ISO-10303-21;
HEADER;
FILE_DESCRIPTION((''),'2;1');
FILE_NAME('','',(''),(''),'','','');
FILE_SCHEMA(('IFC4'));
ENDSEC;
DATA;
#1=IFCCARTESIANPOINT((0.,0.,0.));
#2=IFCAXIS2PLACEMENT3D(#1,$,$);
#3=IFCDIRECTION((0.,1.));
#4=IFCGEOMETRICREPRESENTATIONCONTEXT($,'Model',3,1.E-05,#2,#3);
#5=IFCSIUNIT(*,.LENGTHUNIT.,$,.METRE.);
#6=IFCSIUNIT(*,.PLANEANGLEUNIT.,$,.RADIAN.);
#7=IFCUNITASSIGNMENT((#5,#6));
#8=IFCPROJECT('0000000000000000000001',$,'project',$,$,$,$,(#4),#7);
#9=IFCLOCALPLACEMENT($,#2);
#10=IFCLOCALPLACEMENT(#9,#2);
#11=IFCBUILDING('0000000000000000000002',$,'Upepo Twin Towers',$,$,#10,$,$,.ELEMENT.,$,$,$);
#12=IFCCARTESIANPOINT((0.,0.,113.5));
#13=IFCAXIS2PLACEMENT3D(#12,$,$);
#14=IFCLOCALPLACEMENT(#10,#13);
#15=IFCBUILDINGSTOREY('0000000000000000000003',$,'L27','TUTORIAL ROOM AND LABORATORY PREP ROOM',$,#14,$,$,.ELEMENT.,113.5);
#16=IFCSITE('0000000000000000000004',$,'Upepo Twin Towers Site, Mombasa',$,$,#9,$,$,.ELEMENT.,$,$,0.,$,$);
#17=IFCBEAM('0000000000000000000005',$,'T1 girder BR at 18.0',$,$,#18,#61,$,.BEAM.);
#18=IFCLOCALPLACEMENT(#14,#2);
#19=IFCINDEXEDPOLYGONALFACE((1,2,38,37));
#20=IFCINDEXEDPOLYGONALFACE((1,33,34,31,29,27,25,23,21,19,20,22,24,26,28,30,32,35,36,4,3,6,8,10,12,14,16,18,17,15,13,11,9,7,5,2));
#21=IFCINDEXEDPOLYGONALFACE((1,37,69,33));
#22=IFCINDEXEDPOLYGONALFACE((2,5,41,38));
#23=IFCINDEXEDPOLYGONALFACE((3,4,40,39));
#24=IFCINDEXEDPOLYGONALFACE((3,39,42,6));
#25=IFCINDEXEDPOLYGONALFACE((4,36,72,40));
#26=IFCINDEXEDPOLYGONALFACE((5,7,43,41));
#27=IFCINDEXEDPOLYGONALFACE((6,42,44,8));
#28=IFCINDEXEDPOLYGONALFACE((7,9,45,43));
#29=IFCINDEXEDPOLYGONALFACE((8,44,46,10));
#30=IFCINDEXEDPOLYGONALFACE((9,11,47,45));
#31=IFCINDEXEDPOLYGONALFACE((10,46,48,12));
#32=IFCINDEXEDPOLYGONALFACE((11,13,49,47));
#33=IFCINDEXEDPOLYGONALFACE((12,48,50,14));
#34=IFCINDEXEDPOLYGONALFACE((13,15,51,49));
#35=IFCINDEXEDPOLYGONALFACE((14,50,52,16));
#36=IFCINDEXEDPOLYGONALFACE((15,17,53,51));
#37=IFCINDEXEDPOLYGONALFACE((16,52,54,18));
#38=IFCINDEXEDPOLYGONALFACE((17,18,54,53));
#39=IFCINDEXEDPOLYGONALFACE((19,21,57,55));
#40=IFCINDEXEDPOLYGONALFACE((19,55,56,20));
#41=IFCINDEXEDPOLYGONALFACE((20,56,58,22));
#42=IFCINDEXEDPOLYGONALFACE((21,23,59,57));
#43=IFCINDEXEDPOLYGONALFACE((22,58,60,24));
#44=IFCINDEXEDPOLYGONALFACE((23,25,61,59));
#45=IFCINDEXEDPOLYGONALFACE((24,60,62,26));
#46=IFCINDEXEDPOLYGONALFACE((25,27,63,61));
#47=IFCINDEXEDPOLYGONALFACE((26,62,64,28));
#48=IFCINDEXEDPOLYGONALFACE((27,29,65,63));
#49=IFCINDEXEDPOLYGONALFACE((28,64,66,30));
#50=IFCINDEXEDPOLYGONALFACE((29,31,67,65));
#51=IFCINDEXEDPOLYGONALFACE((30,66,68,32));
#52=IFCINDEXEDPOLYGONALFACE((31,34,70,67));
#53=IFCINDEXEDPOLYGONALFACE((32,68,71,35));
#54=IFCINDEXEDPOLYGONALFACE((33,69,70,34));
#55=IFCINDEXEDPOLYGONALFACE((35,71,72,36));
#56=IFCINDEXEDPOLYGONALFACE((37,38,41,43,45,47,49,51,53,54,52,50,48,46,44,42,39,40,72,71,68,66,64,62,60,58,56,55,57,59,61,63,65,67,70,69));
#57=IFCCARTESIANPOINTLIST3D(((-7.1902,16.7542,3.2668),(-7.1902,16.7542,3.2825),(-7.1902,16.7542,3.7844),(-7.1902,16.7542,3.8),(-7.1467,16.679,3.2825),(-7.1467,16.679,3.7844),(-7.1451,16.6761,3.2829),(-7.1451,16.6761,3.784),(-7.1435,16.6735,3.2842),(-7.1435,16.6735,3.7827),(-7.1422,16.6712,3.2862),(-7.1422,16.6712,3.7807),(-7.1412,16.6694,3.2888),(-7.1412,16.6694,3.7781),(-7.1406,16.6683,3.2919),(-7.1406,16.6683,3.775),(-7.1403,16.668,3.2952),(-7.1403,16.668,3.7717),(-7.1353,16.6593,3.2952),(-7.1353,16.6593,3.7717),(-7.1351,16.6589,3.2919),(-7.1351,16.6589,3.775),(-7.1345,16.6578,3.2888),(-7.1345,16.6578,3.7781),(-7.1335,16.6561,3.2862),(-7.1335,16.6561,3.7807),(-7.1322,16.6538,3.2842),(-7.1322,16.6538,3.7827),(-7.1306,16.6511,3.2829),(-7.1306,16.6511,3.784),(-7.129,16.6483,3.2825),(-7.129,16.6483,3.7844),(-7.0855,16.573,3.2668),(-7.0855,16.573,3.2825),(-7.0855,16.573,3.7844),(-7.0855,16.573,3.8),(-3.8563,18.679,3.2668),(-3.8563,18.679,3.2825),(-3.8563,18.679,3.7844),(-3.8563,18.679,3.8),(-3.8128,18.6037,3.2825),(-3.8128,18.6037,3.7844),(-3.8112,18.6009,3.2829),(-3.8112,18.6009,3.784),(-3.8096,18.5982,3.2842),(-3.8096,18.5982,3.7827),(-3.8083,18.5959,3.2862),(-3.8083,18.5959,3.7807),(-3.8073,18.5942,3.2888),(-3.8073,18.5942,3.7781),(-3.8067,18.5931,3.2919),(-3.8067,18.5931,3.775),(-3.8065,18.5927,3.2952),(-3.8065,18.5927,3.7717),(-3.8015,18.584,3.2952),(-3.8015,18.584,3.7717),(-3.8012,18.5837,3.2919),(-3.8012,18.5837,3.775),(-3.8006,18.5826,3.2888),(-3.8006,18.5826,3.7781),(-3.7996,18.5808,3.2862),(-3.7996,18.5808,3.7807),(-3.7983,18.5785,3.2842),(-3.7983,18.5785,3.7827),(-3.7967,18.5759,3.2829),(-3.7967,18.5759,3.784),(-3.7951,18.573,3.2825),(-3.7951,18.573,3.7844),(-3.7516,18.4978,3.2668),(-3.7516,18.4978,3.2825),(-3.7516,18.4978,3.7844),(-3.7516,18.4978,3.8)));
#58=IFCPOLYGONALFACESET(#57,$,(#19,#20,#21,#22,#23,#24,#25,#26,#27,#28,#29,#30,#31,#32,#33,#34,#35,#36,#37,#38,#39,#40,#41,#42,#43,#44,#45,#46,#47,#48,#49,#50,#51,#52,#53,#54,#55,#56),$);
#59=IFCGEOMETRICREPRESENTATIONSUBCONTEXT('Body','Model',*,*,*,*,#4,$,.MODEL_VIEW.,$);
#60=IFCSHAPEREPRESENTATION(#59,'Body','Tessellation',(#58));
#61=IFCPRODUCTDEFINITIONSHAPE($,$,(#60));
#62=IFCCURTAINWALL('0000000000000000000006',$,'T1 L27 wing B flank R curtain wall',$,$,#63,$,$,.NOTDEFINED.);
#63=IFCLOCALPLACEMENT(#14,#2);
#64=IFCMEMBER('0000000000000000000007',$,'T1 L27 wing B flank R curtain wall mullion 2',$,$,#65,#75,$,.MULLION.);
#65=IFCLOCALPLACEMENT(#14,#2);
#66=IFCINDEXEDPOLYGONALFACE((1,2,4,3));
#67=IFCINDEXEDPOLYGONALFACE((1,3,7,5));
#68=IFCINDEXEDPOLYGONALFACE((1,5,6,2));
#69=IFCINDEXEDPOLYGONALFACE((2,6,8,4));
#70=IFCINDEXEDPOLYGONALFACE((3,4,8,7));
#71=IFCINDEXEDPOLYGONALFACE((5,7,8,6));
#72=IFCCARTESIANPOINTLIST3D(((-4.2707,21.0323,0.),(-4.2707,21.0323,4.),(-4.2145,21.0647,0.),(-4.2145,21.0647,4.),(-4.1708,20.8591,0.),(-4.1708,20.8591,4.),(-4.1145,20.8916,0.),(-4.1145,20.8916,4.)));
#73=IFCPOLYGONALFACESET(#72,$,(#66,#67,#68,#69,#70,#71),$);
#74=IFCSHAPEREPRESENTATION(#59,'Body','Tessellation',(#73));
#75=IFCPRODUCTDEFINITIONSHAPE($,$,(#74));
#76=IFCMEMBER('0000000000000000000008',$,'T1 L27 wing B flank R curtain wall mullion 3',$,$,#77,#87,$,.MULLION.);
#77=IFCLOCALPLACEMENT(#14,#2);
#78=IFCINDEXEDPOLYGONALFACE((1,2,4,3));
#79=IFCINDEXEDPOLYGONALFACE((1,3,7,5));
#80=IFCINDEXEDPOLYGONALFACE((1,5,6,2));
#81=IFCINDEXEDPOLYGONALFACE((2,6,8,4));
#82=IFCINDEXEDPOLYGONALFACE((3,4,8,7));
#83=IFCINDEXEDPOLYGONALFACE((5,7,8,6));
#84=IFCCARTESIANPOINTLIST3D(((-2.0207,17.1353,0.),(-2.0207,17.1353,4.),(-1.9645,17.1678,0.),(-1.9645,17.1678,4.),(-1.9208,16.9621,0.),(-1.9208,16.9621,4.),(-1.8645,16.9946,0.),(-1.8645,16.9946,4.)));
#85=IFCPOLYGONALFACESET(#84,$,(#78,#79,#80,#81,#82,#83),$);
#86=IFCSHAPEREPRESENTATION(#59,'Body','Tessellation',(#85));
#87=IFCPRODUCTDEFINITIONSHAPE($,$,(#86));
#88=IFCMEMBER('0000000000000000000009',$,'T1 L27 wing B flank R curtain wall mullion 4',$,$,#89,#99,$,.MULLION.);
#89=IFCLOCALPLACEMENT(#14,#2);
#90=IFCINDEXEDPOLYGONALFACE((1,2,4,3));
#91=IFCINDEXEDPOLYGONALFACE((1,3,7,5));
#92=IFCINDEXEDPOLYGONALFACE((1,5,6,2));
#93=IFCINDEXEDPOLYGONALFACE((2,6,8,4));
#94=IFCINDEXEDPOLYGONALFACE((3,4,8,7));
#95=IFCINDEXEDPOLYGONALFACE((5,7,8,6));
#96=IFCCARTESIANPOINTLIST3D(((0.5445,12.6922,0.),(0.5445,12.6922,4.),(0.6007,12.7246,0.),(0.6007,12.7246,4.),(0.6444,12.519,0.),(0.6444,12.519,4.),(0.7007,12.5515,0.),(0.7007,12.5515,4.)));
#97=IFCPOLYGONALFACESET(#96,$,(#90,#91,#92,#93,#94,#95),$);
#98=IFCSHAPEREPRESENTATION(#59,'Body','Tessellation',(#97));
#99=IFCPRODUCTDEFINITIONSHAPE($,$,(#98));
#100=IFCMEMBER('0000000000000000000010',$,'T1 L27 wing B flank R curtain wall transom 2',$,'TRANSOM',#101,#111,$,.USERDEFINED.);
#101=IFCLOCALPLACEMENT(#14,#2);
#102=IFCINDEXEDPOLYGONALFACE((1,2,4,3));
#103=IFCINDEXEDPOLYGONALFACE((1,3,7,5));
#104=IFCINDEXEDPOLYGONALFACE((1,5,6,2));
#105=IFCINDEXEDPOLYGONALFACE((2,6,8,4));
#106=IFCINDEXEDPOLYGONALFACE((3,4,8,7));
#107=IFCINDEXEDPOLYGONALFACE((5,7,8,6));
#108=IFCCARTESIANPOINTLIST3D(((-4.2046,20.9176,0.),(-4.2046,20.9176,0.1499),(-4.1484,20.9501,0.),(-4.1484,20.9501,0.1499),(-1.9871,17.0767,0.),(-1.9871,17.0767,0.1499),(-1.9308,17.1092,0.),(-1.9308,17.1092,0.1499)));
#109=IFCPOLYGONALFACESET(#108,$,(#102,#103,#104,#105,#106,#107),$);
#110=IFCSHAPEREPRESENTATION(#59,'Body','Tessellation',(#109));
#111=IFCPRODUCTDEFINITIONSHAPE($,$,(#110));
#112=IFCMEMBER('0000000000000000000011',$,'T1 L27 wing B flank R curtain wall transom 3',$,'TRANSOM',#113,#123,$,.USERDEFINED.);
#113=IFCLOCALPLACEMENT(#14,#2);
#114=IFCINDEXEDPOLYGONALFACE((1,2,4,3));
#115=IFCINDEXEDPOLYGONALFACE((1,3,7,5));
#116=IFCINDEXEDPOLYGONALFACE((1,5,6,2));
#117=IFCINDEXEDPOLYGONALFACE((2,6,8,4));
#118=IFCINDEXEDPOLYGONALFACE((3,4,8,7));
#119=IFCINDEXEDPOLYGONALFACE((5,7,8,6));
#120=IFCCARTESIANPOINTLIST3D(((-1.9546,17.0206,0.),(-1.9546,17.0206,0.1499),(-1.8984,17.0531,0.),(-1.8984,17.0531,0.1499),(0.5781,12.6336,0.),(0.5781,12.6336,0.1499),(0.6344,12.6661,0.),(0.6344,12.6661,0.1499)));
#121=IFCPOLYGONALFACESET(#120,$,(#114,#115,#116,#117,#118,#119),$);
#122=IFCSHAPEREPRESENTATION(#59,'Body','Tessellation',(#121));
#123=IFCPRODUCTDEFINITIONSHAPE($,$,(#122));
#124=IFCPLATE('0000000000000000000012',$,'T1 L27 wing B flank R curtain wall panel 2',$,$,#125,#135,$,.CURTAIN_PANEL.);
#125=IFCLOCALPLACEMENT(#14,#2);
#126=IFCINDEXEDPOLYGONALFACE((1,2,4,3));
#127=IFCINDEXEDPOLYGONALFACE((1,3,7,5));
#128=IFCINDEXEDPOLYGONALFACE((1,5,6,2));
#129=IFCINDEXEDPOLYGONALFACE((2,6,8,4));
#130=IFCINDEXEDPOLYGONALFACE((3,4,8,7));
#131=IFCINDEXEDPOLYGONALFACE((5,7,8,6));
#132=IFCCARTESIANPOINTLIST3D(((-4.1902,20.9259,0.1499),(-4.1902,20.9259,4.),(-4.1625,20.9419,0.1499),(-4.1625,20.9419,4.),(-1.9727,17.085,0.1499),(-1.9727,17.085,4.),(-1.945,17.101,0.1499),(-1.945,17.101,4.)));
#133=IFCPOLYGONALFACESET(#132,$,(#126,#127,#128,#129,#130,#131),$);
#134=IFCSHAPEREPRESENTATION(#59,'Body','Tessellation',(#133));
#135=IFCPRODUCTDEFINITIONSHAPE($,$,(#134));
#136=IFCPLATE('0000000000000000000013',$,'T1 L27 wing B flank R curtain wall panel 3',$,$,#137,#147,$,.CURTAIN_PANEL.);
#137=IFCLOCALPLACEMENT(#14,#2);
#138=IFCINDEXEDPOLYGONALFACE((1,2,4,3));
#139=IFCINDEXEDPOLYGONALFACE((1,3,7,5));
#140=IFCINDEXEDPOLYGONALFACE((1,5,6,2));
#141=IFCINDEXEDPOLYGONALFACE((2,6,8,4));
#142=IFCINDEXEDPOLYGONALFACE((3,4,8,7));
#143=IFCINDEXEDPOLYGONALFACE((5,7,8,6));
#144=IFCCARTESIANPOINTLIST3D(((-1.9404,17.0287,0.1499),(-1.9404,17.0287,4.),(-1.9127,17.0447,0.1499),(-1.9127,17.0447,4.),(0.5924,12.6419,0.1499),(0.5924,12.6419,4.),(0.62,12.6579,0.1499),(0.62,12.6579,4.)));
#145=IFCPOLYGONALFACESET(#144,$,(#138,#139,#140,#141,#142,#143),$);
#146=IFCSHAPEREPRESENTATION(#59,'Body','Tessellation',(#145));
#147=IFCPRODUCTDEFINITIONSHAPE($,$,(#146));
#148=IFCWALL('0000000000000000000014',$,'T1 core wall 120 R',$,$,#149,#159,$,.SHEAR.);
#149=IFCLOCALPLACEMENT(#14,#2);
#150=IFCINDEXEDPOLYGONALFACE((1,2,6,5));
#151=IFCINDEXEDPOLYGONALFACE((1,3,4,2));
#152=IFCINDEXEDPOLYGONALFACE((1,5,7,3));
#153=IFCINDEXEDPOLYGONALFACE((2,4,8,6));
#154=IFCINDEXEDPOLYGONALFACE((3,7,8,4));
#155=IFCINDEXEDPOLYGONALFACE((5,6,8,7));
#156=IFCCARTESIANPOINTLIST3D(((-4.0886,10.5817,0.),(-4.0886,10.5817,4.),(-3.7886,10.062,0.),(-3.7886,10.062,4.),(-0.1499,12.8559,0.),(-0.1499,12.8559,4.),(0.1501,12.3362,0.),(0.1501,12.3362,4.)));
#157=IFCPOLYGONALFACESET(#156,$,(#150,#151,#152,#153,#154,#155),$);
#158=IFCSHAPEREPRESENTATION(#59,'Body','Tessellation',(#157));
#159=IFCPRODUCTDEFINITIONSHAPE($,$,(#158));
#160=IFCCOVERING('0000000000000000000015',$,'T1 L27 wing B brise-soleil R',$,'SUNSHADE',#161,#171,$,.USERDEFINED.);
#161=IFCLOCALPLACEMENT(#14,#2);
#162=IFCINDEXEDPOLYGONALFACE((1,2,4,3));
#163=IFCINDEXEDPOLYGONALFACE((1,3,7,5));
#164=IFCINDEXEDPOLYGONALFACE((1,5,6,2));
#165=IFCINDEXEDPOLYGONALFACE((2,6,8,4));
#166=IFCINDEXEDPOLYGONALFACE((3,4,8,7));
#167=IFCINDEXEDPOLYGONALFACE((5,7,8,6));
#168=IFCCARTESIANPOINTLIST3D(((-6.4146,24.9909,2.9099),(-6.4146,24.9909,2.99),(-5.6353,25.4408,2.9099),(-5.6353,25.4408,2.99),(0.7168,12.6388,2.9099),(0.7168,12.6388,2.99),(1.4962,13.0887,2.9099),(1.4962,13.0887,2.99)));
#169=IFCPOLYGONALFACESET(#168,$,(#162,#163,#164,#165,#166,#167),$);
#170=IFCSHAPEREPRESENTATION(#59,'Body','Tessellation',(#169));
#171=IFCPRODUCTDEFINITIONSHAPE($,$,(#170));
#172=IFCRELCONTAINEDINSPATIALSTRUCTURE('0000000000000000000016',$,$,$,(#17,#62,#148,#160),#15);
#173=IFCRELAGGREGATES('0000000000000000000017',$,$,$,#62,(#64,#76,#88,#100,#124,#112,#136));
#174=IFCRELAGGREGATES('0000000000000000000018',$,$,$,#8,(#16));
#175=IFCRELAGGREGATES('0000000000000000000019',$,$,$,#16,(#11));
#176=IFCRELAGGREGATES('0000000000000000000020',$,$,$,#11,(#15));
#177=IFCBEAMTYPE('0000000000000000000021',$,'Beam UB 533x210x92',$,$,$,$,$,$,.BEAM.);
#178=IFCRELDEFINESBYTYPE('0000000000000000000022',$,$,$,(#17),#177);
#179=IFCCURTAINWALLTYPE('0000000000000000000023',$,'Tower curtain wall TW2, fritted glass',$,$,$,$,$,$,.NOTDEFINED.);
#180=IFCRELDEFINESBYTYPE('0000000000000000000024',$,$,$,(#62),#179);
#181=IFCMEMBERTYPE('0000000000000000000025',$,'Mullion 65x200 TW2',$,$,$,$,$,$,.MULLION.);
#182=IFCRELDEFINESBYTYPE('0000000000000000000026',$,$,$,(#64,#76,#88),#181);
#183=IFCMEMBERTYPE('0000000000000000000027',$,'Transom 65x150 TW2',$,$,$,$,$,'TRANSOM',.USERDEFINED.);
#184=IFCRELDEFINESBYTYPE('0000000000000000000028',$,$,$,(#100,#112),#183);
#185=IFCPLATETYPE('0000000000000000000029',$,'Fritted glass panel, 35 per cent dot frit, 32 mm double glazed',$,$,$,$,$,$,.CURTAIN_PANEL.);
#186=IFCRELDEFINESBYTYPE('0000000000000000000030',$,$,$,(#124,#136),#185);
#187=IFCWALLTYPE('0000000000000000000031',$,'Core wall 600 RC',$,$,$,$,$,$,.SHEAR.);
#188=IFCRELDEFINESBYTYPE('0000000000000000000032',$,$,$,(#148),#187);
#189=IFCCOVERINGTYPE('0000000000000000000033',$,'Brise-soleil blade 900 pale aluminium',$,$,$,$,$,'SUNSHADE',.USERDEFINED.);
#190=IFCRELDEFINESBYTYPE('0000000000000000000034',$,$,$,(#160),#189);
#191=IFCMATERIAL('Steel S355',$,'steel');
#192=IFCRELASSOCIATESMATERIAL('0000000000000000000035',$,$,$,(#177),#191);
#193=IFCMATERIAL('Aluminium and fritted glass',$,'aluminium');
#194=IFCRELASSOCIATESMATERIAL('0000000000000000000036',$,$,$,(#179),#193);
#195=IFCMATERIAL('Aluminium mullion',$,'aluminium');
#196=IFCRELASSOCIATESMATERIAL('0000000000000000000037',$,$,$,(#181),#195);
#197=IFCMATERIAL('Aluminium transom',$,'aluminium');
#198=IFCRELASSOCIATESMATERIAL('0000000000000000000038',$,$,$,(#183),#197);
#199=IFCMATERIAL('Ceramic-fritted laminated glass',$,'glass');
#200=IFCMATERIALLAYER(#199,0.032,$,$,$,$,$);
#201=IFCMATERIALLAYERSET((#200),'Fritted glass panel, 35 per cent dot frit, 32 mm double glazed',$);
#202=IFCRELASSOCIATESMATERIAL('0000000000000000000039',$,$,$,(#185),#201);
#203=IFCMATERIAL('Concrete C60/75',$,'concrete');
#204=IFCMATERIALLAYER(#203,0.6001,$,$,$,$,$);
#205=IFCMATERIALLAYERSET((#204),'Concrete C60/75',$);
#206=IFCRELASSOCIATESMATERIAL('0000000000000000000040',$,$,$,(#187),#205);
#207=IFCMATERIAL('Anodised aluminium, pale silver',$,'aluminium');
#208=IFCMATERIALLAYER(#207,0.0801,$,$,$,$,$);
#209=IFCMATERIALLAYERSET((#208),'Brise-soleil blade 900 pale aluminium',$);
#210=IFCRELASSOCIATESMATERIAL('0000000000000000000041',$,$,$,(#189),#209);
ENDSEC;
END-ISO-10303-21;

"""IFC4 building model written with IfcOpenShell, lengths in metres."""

from ifc_helpers import new_model, si_unit, direction, frame, frame_2d, origin, origin_2d, place, context, subcontext, project, spatial, rectangle, i_section, extrude, material, layer, layer_set, material_profile, profile_set, type_object, element, aggregate, save


model = new_model("IFC4")

# Units and contexts
model_context = context("Model", 3, precision=1e-05, world=origin(), true_north=direction((0.0, 1.0)))
body_context = subcontext(model_context, "Body", "Model", "MODEL_VIEW")
ifc_project = project(units=[si_unit("LENGTHUNIT", "METRE"), si_unit("PLANEANGLEUNIT", "RADIAN")], contexts=[model_context])

# Site, building, storey
site_placement = place(None, origin())
site = spatial("IfcSite", under=ifc_project, at=site_placement, Name="Upepo Twin Towers Site, Mombasa", CompositionType="ELEMENT", RefElevation=0.0)
building_placement = place(site_placement, origin())
building = spatial("IfcBuilding", under=site, at=building_placement, Name="Upepo Twin Towers", CompositionType="ELEMENT")
storey_placement = place(building_placement, frame((0.0, 0.0, 113.5)))
storey = spatial("IfcBuildingStorey", under=building, at=storey_placement, Name="L27", Description="TUTORIAL ROOM AND LABORATORY PREP ROOM", CompositionType="ELEMENT", Elevation=113.5)

# Beam
ifc_material_1 = material(Name="Steel S355", Category="steel")
ifc_material_profile_1 = material_profile(ifc_material_1, i_section(OverallWidth=0.2092, OverallDepth=0.5332, WebThickness=0.01, FlangeThickness=0.0156, FilletRadius=0.0127, at=origin_2d()), Name="UB 533x210x92")
ifc_profile_set_1 = profile_set([ifc_material_profile_1], Name="Steel S355")
beam_type_1 = type_object("IfcBeamType", Name="Beam UB 533x210x92", PredefinedType="BEAM", material=ifc_profile_set_1)
beam_1_placement = place(storey_placement, frame((-3.804, 18.5884, 3.5334), z_axis=(-0.866034, -0.499986, 0.0), x_axis=(0.499986, -0.866034, 0.0)))
element("IfcBeam", 1, at=beam_1_placement, inside=storey, type_object=beam_type_1, Name="T1 girder BR at 18.0", PredefinedType="BEAM", context=body_context, shape_type="SweptSolid", body=[
    extrude(i_section(OverallWidth=0.2092, OverallDepth=0.5332, WebThickness=0.01, FlangeThickness=0.0156, FilletRadius=0.0127, at=origin_2d()), origin(), (0.0, 0.0, 1.0), 3.8496),
])

# Curtain wall, members, plates
ifc_material_2 = material(Name="Aluminium and fritted glass", Category="aluminium")
curtain_wall_type = type_object("IfcCurtainWallType", Name="Tower curtain wall TW2, fritted glass", PredefinedType="NOTDEFINED", material=ifc_material_2)
curtain_wall_placement = place(storey_placement, origin())
curtain_wall = element("IfcCurtainWall", 2, at=curtain_wall_placement, inside=storey, type_object=curtain_wall_type, Name="T1 L27 wing B flank R curtain wall", PredefinedType="NOTDEFINED")
ifc_material_3 = material(Name="Aluminium mullion", Category="aluminium")
ifc_material_profile_2 = material_profile(ifc_material_3, rectangle(XDim=0.0649, YDim=0.2, at=origin_2d()), Name="MULLION 65x200")
ifc_profile_set_2 = profile_set([ifc_material_profile_2], Name="Aluminium mullion")
member_type_1 = type_object("IfcMemberType", Name="Mullion 65x200 TW2", PredefinedType="MULLION", material=ifc_profile_set_2)
member_1_placement = place(storey_placement, frame((-4.1926, 20.9619, 0.0), z_axis=(0.0, 0.0, 1.0), x_axis=(0.866025, 0.5, 0.0)))
member_1 = element("IfcMember", 3, at=member_1_placement, type_object=member_type_1, Name="T1 L27 wing B flank R curtain wall mullion 2", PredefinedType="MULLION", context=body_context, shape_type="SweptSolid", body=[
    extrude(rectangle(XDim=0.0649, YDim=0.2, at=origin_2d()), origin(), (0.0, 0.0, 1.0), 4.0),
])
member_2_placement = place(storey_placement, frame((-1.9426, 17.0649, 0.0), z_axis=(0.0, 0.0, 1.0), x_axis=(0.866025, 0.5, 0.0)))
member_2 = element("IfcMember", 4, at=member_2_placement, type_object=member_type_1, Name="T1 L27 wing B flank R curtain wall mullion 3", PredefinedType="MULLION", context=body_context, shape_type="SweptSolid", body=[
    extrude(rectangle(XDim=0.0649, YDim=0.2, at=origin_2d()), origin(), (0.0, 0.0, 1.0), 4.0),
])
member_3_placement = place(storey_placement, frame((0.6226, 12.6218, 0.0), z_axis=(0.0, 0.0, 1.0), x_axis=(0.866025, 0.5, 0.0)))
member_3 = element("IfcMember", 5, at=member_3_placement, type_object=member_type_1, Name="T1 L27 wing B flank R curtain wall mullion 4", PredefinedType="MULLION", context=body_context, shape_type="SweptSolid", body=[
    extrude(rectangle(XDim=0.0649, YDim=0.2, at=origin_2d()), origin(), (0.0, 0.0, 1.0), 4.0),
])
ifc_material_4 = material(Name="Aluminium transom", Category="aluminium")
ifc_material_profile_3 = material_profile(ifc_material_4, rectangle(XDim=0.0649, YDim=0.1499, at=origin_2d()), Name="TRANSOM 65x150")
ifc_profile_set_3 = profile_set([ifc_material_profile_3], Name="Aluminium transom")
member_type_2 = type_object("IfcMemberType", Name="Transom 65x150 TW2", ElementType="TRANSOM", PredefinedType="USERDEFINED", material=ifc_profile_set_3)
member_4_placement = place(storey_placement, frame((-4.1765, 20.9338, 0.075), z_axis=(0.500005, -0.866022, 0.0), x_axis=(0.866022, 0.500005, 0.0)))
member_4 = element("IfcMember", 6, at=member_4_placement, type_object=member_type_2, Name="T1 L27 wing B flank R curtain wall transom 2", ObjectType="TRANSOM", PredefinedType="USERDEFINED", context=body_context, shape_type="SweptSolid", body=[
    extrude(rectangle(XDim=0.0649, YDim=0.1499, at=origin_2d()), origin(), (0.0, 0.0, 1.0), 4.4351),
])
member_5_placement = place(storey_placement, frame((-1.9265, 17.0369, 0.075), z_axis=(0.499985, -0.866034, 0.0), x_axis=(0.866034, 0.499985, 0.0)))
member_5 = element("IfcMember", 7, at=member_5_placement, type_object=member_type_2, Name="T1 L27 wing B flank R curtain wall transom 3", ObjectType="TRANSOM", PredefinedType="USERDEFINED", context=body_context, shape_type="SweptSolid", body=[
    extrude(rectangle(XDim=0.0649, YDim=0.1499, at=origin_2d()), origin(), (0.0, 0.0, 1.0), 5.0657),
])
ifc_material_5 = material(Name="Ceramic-fritted laminated glass", Category="glass")
ifc_layer_1 = layer(ifc_material_5, 0.032)
ifc_layer_set_1 = layer_set([ifc_layer_1], Name="Fritted glass panel, 35 per cent dot frit, 32 mm double glazed")
plate_type = type_object("IfcPlateType", Name="Fritted glass panel, 35 per cent dot frit, 32 mm double glazed", PredefinedType="CURTAIN_PANEL", material=ifc_layer_set_1)
plate_1_placement = place(storey_placement, frame((-3.0676, 19.0134, 0.1499), z_axis=(0.0, 0.0, 1.0), x_axis=(0.5, -0.866025, 0.0)))
plate_1 = element("IfcPlate", 8, at=plate_1_placement, type_object=plate_type, Name="T1 L27 wing B flank R curtain wall panel 2", PredefinedType="CURTAIN_PANEL", context=body_context, shape_type="SweptSolid", body=[
    extrude(rectangle(XDim=4.4351, YDim=0.032, at=origin_2d()), origin(), (0.0, 0.0, 1.0), 3.8501),
])
plate_2_placement = place(storey_placement, frame((-0.6602, 14.8433, 0.1499), z_axis=(0.0, 0.0, 1.0), x_axis=(0.5, -0.866025, 0.0)))
plate_2 = element("IfcPlate", 9, at=plate_2_placement, type_object=plate_type, Name="T1 L27 wing B flank R curtain wall panel 3", PredefinedType="CURTAIN_PANEL", context=body_context, shape_type="SweptSolid", body=[
    extrude(rectangle(XDim=5.0654, YDim=0.032, at=origin_2d()), origin(), (0.0, 0.0, 1.0), 3.8501),
])
aggregate(curtain_wall, [member_1, member_2, member_3, member_4, plate_1, member_5, plate_2])

# Wall
ifc_material_6 = material(Name="Concrete C60/75", Category="concrete")
ifc_layer_2 = layer(ifc_material_6, 0.6001)
ifc_layer_set_2 = layer_set([ifc_layer_2], Name="Concrete C60/75")
wall_type = type_object("IfcWallType", Name="Core wall 600 RC", PredefinedType="SHEAR", material=ifc_layer_set_2)
wall_placement = place(storey_placement, frame((0.0, 12.5959, 0.0), z_axis=(0.0, 0.0, 1.0), x_axis=(-0.866011, -0.500024, 0.0)))
element("IfcWall", 10, at=wall_placement, inside=storey, type_object=wall_type, Name="T1 core wall 120 R", PredefinedType="SHEAR", context=body_context, shape_type="SweptSolid", body=[
    extrude(rectangle(XDim=4.5481, YDim=0.6001, at=frame_2d((2.2739, 0.0))), origin(), (0.0, 0.0, 1.0), 4.0),
])

# Covering
ifc_material_7 = material(Name="Anodised aluminium, pale silver", Category="aluminium")
ifc_layer_3 = layer(ifc_material_7, 0.0801)
ifc_layer_set_3 = layer_set([ifc_layer_3], Name="Brise-soleil blade 900 pale aluminium")
covering_type = type_object("IfcCoveringType", Name="Brise-soleil blade 900 pale aluminium", ElementType="SUNSHADE", PredefinedType="USERDEFINED", material=ifc_layer_set_3)
covering_placement = place(storey_placement, frame((-2.4592, 19.0398, 2.9099), z_axis=(0.0, 0.0, 1.0), x_axis=(-0.5, 0.866025, 0.0)))
element("IfcCovering", 11, at=covering_placement, inside=storey, type_object=covering_type, Name="T1 L27 wing B brise-soleil R", ObjectType="SUNSHADE", PredefinedType="USERDEFINED", context=body_context, shape_type="SweptSolid", body=[
    extrude(rectangle(XDim=14.2629, YDim=0.8999, at=origin_2d()), origin(), (0.0, 0.0, 1.0), 0.0801),
])

save(model, "model.ifc")
